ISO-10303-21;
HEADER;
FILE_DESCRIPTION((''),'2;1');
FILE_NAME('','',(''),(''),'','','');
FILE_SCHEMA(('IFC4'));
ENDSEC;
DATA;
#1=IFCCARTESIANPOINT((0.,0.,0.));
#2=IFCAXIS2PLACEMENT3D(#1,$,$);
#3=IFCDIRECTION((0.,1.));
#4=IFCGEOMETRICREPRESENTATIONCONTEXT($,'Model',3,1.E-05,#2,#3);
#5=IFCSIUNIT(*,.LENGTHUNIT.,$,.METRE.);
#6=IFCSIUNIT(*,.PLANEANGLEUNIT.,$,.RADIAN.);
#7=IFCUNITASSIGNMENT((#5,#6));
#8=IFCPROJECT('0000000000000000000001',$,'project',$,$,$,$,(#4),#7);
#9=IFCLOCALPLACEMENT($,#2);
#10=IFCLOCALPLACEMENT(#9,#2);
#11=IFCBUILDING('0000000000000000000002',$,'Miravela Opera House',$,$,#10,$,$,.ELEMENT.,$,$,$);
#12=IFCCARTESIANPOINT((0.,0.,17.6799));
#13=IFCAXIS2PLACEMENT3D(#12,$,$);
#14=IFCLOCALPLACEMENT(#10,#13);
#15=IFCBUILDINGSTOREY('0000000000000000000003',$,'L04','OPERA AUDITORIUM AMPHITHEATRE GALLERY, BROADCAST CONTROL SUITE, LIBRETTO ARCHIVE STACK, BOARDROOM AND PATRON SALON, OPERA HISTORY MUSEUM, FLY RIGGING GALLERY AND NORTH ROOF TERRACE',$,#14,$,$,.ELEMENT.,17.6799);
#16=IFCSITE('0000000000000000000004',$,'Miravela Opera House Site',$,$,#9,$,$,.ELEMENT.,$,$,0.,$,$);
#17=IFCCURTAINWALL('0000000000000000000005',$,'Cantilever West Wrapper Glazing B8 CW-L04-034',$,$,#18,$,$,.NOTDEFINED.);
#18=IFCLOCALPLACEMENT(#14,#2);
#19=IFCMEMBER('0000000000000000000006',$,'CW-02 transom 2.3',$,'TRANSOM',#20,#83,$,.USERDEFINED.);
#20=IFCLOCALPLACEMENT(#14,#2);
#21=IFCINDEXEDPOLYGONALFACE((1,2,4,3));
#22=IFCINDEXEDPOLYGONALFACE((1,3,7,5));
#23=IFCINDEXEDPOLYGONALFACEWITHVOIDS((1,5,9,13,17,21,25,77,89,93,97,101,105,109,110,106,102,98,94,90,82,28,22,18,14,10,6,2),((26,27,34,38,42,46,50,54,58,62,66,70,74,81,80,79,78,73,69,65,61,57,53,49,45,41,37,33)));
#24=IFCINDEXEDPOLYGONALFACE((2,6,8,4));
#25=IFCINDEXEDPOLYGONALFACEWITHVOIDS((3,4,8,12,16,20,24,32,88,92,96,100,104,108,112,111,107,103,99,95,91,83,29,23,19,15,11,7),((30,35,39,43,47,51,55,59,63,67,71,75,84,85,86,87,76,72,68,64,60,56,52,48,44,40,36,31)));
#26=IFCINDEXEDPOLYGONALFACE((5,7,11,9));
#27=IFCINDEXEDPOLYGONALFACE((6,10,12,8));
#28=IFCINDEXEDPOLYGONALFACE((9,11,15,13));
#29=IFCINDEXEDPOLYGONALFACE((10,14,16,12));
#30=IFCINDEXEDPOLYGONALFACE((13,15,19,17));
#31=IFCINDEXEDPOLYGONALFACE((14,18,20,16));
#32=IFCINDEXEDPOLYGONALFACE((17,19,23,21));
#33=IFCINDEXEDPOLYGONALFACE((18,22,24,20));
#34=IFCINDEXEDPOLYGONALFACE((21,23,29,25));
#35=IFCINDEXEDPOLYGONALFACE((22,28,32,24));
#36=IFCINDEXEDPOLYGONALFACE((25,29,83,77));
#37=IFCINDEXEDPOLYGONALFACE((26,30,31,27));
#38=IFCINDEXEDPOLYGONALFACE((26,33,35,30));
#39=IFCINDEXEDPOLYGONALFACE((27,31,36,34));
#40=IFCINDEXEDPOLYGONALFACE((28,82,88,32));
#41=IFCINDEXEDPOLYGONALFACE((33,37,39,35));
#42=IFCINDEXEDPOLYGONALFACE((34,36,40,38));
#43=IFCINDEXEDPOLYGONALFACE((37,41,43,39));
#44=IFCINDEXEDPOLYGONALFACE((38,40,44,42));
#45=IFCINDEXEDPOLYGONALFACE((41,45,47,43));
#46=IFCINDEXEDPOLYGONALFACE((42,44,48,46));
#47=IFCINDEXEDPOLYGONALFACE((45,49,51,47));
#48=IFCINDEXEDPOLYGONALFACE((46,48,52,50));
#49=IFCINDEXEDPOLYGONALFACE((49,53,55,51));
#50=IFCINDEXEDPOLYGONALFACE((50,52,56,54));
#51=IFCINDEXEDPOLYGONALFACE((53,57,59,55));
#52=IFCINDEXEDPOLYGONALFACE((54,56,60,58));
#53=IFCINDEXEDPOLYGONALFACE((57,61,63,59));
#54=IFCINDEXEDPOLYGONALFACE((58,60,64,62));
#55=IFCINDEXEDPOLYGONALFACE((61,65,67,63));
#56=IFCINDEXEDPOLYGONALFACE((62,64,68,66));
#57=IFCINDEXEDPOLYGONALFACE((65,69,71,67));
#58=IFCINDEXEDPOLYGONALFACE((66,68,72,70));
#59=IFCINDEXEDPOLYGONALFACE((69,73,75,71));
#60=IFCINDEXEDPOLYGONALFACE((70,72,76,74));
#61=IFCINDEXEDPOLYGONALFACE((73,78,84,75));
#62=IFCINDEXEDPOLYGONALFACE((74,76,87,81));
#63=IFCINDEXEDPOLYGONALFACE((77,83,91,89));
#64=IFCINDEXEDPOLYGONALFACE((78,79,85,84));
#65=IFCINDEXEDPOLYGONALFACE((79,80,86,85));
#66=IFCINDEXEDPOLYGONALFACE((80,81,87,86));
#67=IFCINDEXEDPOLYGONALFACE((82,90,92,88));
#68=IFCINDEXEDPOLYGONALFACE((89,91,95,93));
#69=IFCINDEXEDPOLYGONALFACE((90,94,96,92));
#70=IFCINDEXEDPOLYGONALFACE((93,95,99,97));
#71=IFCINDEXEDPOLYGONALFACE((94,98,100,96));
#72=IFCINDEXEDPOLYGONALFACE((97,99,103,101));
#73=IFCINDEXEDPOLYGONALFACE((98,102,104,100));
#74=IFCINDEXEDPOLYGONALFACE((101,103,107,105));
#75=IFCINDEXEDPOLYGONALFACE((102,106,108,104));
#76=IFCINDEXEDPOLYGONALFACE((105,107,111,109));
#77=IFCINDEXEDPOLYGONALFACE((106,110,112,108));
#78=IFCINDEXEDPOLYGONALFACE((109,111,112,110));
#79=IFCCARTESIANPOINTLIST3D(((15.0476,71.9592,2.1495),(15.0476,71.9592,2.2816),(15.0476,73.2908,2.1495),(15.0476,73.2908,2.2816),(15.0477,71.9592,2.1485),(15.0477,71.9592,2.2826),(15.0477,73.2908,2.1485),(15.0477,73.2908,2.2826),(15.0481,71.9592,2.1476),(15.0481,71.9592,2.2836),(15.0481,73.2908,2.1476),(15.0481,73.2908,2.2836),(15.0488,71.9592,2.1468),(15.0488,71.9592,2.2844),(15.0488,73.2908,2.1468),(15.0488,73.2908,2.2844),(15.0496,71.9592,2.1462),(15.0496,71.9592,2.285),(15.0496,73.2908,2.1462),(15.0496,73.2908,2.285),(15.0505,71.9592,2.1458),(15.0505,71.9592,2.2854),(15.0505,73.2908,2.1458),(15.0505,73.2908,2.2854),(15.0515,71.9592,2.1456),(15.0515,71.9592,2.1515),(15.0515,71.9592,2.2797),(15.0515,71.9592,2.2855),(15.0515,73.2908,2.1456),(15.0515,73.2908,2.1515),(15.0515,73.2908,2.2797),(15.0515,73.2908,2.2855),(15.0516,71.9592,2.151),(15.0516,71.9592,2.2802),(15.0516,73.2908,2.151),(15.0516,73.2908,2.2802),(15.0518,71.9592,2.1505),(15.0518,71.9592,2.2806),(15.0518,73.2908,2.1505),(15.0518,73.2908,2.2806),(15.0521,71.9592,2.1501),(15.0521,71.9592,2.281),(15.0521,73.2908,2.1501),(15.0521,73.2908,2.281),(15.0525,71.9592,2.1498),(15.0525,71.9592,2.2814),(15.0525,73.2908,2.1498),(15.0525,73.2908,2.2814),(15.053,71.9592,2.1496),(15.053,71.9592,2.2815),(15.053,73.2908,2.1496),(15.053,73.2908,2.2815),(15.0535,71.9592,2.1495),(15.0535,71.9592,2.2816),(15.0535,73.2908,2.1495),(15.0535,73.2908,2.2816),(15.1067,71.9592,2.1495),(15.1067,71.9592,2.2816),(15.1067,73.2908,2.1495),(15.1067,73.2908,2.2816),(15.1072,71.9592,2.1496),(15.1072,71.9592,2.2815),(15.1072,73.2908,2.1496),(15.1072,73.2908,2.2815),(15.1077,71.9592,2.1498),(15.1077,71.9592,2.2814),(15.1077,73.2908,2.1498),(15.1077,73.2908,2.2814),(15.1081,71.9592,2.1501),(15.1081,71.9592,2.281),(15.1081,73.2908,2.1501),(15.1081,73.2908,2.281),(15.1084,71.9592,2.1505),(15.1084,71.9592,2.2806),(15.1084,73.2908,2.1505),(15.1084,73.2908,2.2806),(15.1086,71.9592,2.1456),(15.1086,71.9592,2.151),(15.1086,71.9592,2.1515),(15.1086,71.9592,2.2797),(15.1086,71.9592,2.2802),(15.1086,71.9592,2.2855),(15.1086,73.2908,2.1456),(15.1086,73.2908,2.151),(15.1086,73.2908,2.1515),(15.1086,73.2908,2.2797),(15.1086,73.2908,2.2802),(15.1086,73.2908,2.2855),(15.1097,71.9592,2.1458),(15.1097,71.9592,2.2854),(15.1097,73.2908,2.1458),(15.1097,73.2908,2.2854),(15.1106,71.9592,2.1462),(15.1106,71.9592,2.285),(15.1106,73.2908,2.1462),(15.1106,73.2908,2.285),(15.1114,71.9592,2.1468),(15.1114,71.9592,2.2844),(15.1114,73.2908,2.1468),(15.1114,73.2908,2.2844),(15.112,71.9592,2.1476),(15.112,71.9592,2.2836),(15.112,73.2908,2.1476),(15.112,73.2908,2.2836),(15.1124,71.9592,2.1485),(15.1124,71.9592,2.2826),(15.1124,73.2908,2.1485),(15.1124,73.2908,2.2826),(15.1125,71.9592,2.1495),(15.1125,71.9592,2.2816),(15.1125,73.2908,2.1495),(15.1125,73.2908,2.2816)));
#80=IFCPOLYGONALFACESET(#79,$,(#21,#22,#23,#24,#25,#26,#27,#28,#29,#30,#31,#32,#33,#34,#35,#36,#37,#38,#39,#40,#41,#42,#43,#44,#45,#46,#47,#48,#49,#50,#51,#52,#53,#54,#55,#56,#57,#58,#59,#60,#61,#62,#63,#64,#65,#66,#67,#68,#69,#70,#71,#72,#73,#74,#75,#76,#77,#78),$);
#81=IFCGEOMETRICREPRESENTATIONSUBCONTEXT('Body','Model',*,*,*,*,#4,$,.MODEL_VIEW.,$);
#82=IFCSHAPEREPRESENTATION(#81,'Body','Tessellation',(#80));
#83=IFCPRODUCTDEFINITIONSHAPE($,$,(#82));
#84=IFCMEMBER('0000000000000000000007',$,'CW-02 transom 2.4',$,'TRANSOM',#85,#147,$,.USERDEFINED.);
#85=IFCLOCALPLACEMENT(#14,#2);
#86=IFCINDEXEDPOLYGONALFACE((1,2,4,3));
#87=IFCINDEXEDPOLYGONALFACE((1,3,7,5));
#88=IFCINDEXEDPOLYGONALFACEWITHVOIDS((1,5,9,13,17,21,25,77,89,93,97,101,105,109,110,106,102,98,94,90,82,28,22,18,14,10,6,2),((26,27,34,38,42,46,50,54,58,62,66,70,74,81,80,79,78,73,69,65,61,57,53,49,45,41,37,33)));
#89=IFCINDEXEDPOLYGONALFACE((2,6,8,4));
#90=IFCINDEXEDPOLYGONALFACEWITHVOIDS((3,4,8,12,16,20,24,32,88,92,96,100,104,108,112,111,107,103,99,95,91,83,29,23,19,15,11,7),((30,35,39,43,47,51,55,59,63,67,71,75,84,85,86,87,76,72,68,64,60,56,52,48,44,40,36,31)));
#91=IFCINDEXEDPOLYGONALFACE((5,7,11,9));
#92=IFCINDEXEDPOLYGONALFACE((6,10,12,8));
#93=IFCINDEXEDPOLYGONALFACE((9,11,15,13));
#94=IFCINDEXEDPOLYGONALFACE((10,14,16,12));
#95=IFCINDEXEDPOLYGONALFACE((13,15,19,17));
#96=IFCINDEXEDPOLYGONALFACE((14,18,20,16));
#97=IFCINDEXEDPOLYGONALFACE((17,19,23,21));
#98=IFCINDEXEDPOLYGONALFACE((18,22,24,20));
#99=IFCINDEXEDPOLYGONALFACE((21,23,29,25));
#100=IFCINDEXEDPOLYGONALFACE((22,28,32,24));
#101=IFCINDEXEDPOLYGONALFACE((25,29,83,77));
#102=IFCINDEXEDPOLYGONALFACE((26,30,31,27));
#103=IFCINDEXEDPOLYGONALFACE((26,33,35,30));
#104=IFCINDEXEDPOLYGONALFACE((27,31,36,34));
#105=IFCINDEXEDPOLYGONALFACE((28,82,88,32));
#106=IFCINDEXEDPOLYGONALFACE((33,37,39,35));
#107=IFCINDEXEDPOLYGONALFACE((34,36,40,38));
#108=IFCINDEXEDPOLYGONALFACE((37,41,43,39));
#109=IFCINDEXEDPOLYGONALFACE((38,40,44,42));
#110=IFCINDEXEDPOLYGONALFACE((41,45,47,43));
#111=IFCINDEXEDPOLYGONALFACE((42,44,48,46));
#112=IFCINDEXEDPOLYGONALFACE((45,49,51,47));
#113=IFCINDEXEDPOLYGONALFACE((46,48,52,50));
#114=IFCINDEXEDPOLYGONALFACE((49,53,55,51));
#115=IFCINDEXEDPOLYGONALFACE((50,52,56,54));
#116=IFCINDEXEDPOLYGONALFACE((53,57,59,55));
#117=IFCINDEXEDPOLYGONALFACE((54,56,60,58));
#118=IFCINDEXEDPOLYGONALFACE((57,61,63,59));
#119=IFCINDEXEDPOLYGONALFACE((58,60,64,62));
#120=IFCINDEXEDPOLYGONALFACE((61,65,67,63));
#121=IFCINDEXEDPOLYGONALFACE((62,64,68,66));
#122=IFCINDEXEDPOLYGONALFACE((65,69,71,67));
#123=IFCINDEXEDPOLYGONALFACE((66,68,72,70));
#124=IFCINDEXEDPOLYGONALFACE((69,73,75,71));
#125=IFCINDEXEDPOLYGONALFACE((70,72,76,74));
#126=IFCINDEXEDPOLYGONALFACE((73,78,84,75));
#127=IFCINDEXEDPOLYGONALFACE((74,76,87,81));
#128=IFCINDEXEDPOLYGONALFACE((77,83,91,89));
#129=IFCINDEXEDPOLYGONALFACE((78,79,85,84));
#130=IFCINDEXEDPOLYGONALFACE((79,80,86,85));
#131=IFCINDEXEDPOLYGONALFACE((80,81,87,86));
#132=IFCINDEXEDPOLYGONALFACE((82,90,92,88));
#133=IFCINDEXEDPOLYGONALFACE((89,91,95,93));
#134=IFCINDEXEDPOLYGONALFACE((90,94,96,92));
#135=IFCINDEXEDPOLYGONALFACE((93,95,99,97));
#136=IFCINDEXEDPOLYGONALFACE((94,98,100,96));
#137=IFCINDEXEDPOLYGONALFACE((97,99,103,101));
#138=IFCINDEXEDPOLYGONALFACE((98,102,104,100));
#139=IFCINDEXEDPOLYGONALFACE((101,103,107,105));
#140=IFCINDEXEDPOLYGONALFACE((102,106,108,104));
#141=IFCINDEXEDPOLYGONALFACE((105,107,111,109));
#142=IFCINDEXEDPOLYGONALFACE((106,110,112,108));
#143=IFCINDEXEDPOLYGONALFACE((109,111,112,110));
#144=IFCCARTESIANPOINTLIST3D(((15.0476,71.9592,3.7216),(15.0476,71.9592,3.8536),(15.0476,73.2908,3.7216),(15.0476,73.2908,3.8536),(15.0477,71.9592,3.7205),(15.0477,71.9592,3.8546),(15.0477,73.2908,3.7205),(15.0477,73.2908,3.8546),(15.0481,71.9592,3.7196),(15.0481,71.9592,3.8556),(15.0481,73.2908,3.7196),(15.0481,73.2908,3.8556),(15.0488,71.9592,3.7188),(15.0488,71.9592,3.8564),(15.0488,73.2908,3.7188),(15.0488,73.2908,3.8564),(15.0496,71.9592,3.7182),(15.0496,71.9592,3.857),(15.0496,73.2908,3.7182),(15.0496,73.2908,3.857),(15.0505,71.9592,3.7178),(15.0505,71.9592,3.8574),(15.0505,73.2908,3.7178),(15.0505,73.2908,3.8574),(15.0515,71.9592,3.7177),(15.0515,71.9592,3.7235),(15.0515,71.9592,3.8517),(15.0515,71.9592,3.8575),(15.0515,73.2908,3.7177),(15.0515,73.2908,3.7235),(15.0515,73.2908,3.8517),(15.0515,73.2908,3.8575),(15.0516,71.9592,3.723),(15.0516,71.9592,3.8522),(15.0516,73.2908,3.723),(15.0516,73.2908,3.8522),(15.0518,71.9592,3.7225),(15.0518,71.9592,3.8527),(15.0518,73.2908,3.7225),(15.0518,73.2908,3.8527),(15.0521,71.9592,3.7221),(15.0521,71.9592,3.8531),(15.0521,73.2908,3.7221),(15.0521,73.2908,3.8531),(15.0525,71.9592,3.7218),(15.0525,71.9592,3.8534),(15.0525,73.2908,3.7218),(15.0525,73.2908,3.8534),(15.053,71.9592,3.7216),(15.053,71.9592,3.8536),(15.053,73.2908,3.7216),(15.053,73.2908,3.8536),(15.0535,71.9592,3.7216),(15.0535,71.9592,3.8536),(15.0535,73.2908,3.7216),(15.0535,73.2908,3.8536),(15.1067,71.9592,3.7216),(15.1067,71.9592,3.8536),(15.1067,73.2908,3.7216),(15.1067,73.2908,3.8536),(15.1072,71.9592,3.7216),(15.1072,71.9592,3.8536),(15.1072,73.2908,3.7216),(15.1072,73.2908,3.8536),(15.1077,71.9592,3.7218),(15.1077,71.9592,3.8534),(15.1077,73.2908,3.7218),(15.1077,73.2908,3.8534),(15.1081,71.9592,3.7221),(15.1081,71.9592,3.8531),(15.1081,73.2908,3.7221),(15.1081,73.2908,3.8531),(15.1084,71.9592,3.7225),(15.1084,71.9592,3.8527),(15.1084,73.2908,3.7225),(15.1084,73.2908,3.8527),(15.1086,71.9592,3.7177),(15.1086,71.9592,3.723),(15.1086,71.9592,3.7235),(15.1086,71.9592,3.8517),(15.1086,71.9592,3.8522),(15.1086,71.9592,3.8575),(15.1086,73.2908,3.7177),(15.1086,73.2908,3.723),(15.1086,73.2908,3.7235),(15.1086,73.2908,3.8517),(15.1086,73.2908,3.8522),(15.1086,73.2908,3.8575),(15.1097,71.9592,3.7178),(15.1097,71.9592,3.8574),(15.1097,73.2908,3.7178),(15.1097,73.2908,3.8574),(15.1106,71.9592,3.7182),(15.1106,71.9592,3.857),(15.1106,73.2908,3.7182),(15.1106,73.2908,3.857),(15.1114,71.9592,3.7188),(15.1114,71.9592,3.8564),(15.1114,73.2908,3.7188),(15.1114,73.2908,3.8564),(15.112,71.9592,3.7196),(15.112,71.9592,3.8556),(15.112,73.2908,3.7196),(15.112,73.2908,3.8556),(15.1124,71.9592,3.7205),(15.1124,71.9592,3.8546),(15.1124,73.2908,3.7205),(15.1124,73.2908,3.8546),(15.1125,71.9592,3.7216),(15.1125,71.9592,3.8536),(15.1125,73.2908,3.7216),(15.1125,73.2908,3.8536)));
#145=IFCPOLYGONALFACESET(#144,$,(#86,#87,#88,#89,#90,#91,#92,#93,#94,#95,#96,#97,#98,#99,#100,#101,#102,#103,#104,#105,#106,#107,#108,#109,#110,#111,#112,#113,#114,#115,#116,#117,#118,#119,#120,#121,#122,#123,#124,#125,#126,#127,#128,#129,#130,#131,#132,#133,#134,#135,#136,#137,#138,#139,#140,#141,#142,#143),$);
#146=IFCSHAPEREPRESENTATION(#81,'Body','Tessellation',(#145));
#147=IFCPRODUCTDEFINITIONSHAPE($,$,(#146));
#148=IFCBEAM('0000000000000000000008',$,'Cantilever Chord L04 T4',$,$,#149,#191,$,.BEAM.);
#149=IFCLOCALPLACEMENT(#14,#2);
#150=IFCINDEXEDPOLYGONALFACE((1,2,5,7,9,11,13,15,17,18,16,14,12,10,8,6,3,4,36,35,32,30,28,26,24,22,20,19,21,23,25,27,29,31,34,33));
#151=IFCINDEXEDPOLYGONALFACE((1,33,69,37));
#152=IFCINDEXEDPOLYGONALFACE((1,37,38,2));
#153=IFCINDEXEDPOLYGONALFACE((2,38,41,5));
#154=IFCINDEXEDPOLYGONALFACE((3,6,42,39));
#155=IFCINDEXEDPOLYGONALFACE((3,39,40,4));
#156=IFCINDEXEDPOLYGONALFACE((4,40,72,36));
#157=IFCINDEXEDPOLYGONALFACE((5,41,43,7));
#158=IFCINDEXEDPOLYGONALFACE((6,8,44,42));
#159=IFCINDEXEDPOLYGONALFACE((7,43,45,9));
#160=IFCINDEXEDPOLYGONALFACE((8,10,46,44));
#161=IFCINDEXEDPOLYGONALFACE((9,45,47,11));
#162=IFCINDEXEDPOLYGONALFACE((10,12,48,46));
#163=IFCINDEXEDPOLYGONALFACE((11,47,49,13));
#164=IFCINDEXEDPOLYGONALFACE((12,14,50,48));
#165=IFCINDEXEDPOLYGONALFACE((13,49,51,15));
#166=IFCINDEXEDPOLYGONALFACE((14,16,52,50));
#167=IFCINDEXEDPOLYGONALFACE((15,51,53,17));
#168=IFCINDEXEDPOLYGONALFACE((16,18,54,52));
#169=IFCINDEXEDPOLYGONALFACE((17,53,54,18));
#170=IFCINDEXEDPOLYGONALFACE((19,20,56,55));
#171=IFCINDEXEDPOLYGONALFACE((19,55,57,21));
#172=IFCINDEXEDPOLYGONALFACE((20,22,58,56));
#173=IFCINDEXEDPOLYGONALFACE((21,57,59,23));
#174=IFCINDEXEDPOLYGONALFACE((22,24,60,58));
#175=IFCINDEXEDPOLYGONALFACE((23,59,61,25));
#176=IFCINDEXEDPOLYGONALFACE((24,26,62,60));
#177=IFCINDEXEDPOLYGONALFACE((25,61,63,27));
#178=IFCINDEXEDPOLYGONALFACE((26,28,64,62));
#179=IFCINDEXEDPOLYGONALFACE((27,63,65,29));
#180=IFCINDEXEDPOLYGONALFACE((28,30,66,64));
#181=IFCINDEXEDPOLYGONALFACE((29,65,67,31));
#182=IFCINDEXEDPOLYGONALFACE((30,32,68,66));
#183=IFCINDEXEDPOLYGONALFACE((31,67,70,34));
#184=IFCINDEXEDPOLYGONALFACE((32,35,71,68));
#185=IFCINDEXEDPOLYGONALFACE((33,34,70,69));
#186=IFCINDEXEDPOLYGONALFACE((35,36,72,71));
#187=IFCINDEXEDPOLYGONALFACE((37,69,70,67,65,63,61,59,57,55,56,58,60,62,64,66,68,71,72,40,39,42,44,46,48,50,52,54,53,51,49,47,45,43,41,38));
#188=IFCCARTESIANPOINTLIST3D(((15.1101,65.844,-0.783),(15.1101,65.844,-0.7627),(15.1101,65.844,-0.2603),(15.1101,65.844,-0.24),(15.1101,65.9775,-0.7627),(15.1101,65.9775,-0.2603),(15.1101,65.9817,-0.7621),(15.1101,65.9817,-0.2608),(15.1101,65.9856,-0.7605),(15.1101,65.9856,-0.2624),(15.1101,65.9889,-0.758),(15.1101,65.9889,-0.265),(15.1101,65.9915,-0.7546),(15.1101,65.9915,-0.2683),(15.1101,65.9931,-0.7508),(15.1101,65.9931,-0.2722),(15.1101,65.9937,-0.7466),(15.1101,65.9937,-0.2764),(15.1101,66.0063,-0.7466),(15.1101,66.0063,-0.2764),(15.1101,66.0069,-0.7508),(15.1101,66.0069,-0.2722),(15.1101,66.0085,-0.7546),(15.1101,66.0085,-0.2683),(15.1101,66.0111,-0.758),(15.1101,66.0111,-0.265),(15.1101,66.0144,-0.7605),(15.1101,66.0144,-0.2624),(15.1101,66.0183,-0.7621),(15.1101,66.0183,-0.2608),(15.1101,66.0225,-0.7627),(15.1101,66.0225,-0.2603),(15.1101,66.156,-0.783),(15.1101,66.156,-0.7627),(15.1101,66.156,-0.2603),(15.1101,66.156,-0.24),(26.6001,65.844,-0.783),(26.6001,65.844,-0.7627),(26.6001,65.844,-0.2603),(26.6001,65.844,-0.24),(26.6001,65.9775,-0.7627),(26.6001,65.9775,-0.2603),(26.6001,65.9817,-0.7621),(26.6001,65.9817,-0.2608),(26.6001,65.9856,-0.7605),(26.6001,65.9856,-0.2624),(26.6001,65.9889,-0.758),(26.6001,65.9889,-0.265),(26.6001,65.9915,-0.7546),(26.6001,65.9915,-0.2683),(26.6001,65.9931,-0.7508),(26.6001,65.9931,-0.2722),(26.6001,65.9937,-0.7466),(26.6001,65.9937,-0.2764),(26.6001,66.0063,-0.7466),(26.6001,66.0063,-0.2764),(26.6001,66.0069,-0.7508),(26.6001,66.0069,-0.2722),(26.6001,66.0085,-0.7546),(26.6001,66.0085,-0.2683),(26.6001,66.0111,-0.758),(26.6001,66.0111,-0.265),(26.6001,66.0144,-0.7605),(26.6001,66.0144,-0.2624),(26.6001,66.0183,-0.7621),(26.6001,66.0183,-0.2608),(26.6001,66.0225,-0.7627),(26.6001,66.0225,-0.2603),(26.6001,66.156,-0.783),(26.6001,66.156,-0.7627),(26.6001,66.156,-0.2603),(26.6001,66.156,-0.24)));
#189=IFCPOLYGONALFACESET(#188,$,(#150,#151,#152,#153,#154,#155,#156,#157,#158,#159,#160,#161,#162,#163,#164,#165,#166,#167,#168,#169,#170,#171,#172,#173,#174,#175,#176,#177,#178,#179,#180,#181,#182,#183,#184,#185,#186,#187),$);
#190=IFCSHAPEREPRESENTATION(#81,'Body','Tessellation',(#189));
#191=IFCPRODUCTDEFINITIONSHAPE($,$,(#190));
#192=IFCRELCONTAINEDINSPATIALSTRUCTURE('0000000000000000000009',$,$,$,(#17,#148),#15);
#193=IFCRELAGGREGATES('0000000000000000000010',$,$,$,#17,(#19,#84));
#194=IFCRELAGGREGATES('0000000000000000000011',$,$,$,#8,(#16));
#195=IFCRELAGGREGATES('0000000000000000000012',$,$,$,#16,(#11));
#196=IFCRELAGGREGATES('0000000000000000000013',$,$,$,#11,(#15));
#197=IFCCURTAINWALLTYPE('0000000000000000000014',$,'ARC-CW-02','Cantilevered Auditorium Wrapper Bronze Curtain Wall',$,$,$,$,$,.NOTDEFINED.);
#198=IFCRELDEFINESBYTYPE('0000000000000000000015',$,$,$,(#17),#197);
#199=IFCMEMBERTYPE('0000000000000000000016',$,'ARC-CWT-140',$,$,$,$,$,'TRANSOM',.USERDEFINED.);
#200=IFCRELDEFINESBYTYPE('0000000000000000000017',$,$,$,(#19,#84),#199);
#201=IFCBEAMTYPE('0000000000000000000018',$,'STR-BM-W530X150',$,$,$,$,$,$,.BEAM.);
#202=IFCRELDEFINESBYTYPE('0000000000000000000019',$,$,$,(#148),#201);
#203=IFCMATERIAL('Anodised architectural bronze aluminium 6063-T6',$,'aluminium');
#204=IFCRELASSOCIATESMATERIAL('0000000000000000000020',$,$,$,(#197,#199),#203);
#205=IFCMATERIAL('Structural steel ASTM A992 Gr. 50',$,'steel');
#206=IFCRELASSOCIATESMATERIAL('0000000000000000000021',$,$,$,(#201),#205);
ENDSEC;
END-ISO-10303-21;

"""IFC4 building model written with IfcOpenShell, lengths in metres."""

from ifc_helpers import new_model, si_unit, direction, frame, origin, origin_2d, place, context, subcontext, project, spatial, hollow_rectangle, i_section, extrude, material, material_profile, profile_set, type_object, element, aggregate, save


model = new_model("IFC4")

# Units and contexts
model_context = context("Model", 3, precision=1e-05, world=origin(), true_north=direction((0.0, 1.0)))
body_context = subcontext(model_context, "Body", "Model", "MODEL_VIEW")
ifc_project = project(units=[si_unit("LENGTHUNIT", "METRE"), si_unit("PLANEANGLEUNIT", "RADIAN")], contexts=[model_context])

# Site, building, storey
site_placement = place(None, origin())
site = spatial("IfcSite", under=ifc_project, at=site_placement, Name="Miravela Opera House Site", CompositionType="ELEMENT", RefElevation=0.0)
building_placement = place(site_placement, origin())
building = spatial("IfcBuilding", under=site, at=building_placement, Name="Miravela Opera House", CompositionType="ELEMENT")
storey_placement = place(building_placement, frame((0.0, 0.0, 17.6799)))
storey = spatial("IfcBuildingStorey", under=building, at=storey_placement, Name="L04", Description="OPERA AUDITORIUM AMPHITHEATRE GALLERY, BROADCAST CONTROL SUITE, LIBRETTO ARCHIVE STACK, BOARDROOM AND PATRON SALON, OPERA HISTORY MUSEUM, FLY RIGGING GALLERY AND NORTH ROOF TERRACE", CompositionType="ELEMENT", Elevation=17.6799)

# Shared definitions
ifc_material_1 = material(Name="Anodised architectural bronze aluminium 6063-T6", Category="aluminium")
curtain_wall_type = type_object("IfcCurtainWallType", Name="ARC-CW-02", Description="Cantilevered Auditorium Wrapper Bronze Curtain Wall", PredefinedType="NOTDEFINED", material=ifc_material_1)

# Curtain wall
curtain_wall_1_placement = place(storey_placement, origin())
curtain_wall_1 = element("IfcCurtainWall", 1, at=curtain_wall_1_placement, inside=storey, type_object=curtain_wall_type, Name="Cantilever West Wrapper Glazing B8 CW-L04-034", PredefinedType="NOTDEFINED")

# Members
ifc_material_profile_1 = material_profile(ifc_material_1, hollow_rectangle(XDim=0.0649, YDim=0.1399, WallThickness=0.0039, InnerFilletRadius=0.002, OuterFilletRadius=0.0039, at=origin_2d()), Name="CWT-65X140")
ifc_profile_set_1 = profile_set([ifc_material_profile_1])
member_type_1 = type_object("IfcMemberType", Name="ARC-CWT-140", ElementType="TRANSOM", PredefinedType="USERDEFINED", material=ifc_profile_set_1)
member_1_placement = place(storey_placement, frame((15.0801, 71.9592, 2.2156), z_axis=(0.0, 1.0, 0.0), x_axis=(-1.0, 0.0, 0.0)))
member_1 = element("IfcMember", 2, at=member_1_placement, type_object=member_type_1, Name="CW-02 transom 2.3", ObjectType="TRANSOM", PredefinedType="USERDEFINED", context=body_context, shape_type="SweptSolid", body=[
    extrude(hollow_rectangle(XDim=0.0649, YDim=0.1399, WallThickness=0.0039, InnerFilletRadius=0.002, OuterFilletRadius=0.0039, at=origin_2d()), origin(), (0.0, 0.0, 1.0), 1.3315),
])
member_2_placement = place(storey_placement, frame((15.0801, 71.9592, 3.7876), z_axis=(0.0, 1.0, 0.0), x_axis=(-1.0, 0.0, 0.0)))
member_2 = element("IfcMember", 3, at=member_2_placement, type_object=member_type_1, Name="CW-02 transom 2.4", ObjectType="TRANSOM", PredefinedType="USERDEFINED", context=body_context, shape_type="SweptSolid", body=[
    extrude(hollow_rectangle(XDim=0.0649, YDim=0.1399, WallThickness=0.0039, InnerFilletRadius=0.002, OuterFilletRadius=0.0039, at=origin_2d()), origin(), (0.0, 0.0, 1.0), 1.3315),
])

# Beam
ifc_material_2 = material(Name="Structural steel ASTM A992 Gr. 50", Category="steel")
ifc_material_profile_2 = material_profile(ifc_material_2, i_section(OverallWidth=0.312, OverallDepth=0.543, WebThickness=0.0127, FlangeThickness=0.0203, FilletRadius=0.0161, at=origin_2d()), Name="W530X150")
ifc_profile_set_2 = profile_set([ifc_material_profile_2])
beam_type = type_object("IfcBeamType", Name="STR-BM-W530X150", PredefinedType="BEAM", material=ifc_profile_set_2)
beam_placement = place(storey_placement, frame((15.1101, 66.0, -0.5115), z_axis=(1.0, 0.0, 0.0), x_axis=(0.0, 1.0, 0.0)))
element("IfcBeam", 4, at=beam_placement, inside=storey, type_object=beam_type, Name="Cantilever Chord L04 T4", PredefinedType="BEAM", context=body_context, shape_type="SweptSolid", body=[
    extrude(i_section(OverallWidth=0.312, OverallDepth=0.543, WebThickness=0.0127, FlangeThickness=0.0203, FilletRadius=0.0161, at=origin_2d()), origin(), (0.0, 0.0, 1.0), 11.49),
])

aggregate(curtain_wall_1, [member_1, member_2])

save(model, "model.ifc")
